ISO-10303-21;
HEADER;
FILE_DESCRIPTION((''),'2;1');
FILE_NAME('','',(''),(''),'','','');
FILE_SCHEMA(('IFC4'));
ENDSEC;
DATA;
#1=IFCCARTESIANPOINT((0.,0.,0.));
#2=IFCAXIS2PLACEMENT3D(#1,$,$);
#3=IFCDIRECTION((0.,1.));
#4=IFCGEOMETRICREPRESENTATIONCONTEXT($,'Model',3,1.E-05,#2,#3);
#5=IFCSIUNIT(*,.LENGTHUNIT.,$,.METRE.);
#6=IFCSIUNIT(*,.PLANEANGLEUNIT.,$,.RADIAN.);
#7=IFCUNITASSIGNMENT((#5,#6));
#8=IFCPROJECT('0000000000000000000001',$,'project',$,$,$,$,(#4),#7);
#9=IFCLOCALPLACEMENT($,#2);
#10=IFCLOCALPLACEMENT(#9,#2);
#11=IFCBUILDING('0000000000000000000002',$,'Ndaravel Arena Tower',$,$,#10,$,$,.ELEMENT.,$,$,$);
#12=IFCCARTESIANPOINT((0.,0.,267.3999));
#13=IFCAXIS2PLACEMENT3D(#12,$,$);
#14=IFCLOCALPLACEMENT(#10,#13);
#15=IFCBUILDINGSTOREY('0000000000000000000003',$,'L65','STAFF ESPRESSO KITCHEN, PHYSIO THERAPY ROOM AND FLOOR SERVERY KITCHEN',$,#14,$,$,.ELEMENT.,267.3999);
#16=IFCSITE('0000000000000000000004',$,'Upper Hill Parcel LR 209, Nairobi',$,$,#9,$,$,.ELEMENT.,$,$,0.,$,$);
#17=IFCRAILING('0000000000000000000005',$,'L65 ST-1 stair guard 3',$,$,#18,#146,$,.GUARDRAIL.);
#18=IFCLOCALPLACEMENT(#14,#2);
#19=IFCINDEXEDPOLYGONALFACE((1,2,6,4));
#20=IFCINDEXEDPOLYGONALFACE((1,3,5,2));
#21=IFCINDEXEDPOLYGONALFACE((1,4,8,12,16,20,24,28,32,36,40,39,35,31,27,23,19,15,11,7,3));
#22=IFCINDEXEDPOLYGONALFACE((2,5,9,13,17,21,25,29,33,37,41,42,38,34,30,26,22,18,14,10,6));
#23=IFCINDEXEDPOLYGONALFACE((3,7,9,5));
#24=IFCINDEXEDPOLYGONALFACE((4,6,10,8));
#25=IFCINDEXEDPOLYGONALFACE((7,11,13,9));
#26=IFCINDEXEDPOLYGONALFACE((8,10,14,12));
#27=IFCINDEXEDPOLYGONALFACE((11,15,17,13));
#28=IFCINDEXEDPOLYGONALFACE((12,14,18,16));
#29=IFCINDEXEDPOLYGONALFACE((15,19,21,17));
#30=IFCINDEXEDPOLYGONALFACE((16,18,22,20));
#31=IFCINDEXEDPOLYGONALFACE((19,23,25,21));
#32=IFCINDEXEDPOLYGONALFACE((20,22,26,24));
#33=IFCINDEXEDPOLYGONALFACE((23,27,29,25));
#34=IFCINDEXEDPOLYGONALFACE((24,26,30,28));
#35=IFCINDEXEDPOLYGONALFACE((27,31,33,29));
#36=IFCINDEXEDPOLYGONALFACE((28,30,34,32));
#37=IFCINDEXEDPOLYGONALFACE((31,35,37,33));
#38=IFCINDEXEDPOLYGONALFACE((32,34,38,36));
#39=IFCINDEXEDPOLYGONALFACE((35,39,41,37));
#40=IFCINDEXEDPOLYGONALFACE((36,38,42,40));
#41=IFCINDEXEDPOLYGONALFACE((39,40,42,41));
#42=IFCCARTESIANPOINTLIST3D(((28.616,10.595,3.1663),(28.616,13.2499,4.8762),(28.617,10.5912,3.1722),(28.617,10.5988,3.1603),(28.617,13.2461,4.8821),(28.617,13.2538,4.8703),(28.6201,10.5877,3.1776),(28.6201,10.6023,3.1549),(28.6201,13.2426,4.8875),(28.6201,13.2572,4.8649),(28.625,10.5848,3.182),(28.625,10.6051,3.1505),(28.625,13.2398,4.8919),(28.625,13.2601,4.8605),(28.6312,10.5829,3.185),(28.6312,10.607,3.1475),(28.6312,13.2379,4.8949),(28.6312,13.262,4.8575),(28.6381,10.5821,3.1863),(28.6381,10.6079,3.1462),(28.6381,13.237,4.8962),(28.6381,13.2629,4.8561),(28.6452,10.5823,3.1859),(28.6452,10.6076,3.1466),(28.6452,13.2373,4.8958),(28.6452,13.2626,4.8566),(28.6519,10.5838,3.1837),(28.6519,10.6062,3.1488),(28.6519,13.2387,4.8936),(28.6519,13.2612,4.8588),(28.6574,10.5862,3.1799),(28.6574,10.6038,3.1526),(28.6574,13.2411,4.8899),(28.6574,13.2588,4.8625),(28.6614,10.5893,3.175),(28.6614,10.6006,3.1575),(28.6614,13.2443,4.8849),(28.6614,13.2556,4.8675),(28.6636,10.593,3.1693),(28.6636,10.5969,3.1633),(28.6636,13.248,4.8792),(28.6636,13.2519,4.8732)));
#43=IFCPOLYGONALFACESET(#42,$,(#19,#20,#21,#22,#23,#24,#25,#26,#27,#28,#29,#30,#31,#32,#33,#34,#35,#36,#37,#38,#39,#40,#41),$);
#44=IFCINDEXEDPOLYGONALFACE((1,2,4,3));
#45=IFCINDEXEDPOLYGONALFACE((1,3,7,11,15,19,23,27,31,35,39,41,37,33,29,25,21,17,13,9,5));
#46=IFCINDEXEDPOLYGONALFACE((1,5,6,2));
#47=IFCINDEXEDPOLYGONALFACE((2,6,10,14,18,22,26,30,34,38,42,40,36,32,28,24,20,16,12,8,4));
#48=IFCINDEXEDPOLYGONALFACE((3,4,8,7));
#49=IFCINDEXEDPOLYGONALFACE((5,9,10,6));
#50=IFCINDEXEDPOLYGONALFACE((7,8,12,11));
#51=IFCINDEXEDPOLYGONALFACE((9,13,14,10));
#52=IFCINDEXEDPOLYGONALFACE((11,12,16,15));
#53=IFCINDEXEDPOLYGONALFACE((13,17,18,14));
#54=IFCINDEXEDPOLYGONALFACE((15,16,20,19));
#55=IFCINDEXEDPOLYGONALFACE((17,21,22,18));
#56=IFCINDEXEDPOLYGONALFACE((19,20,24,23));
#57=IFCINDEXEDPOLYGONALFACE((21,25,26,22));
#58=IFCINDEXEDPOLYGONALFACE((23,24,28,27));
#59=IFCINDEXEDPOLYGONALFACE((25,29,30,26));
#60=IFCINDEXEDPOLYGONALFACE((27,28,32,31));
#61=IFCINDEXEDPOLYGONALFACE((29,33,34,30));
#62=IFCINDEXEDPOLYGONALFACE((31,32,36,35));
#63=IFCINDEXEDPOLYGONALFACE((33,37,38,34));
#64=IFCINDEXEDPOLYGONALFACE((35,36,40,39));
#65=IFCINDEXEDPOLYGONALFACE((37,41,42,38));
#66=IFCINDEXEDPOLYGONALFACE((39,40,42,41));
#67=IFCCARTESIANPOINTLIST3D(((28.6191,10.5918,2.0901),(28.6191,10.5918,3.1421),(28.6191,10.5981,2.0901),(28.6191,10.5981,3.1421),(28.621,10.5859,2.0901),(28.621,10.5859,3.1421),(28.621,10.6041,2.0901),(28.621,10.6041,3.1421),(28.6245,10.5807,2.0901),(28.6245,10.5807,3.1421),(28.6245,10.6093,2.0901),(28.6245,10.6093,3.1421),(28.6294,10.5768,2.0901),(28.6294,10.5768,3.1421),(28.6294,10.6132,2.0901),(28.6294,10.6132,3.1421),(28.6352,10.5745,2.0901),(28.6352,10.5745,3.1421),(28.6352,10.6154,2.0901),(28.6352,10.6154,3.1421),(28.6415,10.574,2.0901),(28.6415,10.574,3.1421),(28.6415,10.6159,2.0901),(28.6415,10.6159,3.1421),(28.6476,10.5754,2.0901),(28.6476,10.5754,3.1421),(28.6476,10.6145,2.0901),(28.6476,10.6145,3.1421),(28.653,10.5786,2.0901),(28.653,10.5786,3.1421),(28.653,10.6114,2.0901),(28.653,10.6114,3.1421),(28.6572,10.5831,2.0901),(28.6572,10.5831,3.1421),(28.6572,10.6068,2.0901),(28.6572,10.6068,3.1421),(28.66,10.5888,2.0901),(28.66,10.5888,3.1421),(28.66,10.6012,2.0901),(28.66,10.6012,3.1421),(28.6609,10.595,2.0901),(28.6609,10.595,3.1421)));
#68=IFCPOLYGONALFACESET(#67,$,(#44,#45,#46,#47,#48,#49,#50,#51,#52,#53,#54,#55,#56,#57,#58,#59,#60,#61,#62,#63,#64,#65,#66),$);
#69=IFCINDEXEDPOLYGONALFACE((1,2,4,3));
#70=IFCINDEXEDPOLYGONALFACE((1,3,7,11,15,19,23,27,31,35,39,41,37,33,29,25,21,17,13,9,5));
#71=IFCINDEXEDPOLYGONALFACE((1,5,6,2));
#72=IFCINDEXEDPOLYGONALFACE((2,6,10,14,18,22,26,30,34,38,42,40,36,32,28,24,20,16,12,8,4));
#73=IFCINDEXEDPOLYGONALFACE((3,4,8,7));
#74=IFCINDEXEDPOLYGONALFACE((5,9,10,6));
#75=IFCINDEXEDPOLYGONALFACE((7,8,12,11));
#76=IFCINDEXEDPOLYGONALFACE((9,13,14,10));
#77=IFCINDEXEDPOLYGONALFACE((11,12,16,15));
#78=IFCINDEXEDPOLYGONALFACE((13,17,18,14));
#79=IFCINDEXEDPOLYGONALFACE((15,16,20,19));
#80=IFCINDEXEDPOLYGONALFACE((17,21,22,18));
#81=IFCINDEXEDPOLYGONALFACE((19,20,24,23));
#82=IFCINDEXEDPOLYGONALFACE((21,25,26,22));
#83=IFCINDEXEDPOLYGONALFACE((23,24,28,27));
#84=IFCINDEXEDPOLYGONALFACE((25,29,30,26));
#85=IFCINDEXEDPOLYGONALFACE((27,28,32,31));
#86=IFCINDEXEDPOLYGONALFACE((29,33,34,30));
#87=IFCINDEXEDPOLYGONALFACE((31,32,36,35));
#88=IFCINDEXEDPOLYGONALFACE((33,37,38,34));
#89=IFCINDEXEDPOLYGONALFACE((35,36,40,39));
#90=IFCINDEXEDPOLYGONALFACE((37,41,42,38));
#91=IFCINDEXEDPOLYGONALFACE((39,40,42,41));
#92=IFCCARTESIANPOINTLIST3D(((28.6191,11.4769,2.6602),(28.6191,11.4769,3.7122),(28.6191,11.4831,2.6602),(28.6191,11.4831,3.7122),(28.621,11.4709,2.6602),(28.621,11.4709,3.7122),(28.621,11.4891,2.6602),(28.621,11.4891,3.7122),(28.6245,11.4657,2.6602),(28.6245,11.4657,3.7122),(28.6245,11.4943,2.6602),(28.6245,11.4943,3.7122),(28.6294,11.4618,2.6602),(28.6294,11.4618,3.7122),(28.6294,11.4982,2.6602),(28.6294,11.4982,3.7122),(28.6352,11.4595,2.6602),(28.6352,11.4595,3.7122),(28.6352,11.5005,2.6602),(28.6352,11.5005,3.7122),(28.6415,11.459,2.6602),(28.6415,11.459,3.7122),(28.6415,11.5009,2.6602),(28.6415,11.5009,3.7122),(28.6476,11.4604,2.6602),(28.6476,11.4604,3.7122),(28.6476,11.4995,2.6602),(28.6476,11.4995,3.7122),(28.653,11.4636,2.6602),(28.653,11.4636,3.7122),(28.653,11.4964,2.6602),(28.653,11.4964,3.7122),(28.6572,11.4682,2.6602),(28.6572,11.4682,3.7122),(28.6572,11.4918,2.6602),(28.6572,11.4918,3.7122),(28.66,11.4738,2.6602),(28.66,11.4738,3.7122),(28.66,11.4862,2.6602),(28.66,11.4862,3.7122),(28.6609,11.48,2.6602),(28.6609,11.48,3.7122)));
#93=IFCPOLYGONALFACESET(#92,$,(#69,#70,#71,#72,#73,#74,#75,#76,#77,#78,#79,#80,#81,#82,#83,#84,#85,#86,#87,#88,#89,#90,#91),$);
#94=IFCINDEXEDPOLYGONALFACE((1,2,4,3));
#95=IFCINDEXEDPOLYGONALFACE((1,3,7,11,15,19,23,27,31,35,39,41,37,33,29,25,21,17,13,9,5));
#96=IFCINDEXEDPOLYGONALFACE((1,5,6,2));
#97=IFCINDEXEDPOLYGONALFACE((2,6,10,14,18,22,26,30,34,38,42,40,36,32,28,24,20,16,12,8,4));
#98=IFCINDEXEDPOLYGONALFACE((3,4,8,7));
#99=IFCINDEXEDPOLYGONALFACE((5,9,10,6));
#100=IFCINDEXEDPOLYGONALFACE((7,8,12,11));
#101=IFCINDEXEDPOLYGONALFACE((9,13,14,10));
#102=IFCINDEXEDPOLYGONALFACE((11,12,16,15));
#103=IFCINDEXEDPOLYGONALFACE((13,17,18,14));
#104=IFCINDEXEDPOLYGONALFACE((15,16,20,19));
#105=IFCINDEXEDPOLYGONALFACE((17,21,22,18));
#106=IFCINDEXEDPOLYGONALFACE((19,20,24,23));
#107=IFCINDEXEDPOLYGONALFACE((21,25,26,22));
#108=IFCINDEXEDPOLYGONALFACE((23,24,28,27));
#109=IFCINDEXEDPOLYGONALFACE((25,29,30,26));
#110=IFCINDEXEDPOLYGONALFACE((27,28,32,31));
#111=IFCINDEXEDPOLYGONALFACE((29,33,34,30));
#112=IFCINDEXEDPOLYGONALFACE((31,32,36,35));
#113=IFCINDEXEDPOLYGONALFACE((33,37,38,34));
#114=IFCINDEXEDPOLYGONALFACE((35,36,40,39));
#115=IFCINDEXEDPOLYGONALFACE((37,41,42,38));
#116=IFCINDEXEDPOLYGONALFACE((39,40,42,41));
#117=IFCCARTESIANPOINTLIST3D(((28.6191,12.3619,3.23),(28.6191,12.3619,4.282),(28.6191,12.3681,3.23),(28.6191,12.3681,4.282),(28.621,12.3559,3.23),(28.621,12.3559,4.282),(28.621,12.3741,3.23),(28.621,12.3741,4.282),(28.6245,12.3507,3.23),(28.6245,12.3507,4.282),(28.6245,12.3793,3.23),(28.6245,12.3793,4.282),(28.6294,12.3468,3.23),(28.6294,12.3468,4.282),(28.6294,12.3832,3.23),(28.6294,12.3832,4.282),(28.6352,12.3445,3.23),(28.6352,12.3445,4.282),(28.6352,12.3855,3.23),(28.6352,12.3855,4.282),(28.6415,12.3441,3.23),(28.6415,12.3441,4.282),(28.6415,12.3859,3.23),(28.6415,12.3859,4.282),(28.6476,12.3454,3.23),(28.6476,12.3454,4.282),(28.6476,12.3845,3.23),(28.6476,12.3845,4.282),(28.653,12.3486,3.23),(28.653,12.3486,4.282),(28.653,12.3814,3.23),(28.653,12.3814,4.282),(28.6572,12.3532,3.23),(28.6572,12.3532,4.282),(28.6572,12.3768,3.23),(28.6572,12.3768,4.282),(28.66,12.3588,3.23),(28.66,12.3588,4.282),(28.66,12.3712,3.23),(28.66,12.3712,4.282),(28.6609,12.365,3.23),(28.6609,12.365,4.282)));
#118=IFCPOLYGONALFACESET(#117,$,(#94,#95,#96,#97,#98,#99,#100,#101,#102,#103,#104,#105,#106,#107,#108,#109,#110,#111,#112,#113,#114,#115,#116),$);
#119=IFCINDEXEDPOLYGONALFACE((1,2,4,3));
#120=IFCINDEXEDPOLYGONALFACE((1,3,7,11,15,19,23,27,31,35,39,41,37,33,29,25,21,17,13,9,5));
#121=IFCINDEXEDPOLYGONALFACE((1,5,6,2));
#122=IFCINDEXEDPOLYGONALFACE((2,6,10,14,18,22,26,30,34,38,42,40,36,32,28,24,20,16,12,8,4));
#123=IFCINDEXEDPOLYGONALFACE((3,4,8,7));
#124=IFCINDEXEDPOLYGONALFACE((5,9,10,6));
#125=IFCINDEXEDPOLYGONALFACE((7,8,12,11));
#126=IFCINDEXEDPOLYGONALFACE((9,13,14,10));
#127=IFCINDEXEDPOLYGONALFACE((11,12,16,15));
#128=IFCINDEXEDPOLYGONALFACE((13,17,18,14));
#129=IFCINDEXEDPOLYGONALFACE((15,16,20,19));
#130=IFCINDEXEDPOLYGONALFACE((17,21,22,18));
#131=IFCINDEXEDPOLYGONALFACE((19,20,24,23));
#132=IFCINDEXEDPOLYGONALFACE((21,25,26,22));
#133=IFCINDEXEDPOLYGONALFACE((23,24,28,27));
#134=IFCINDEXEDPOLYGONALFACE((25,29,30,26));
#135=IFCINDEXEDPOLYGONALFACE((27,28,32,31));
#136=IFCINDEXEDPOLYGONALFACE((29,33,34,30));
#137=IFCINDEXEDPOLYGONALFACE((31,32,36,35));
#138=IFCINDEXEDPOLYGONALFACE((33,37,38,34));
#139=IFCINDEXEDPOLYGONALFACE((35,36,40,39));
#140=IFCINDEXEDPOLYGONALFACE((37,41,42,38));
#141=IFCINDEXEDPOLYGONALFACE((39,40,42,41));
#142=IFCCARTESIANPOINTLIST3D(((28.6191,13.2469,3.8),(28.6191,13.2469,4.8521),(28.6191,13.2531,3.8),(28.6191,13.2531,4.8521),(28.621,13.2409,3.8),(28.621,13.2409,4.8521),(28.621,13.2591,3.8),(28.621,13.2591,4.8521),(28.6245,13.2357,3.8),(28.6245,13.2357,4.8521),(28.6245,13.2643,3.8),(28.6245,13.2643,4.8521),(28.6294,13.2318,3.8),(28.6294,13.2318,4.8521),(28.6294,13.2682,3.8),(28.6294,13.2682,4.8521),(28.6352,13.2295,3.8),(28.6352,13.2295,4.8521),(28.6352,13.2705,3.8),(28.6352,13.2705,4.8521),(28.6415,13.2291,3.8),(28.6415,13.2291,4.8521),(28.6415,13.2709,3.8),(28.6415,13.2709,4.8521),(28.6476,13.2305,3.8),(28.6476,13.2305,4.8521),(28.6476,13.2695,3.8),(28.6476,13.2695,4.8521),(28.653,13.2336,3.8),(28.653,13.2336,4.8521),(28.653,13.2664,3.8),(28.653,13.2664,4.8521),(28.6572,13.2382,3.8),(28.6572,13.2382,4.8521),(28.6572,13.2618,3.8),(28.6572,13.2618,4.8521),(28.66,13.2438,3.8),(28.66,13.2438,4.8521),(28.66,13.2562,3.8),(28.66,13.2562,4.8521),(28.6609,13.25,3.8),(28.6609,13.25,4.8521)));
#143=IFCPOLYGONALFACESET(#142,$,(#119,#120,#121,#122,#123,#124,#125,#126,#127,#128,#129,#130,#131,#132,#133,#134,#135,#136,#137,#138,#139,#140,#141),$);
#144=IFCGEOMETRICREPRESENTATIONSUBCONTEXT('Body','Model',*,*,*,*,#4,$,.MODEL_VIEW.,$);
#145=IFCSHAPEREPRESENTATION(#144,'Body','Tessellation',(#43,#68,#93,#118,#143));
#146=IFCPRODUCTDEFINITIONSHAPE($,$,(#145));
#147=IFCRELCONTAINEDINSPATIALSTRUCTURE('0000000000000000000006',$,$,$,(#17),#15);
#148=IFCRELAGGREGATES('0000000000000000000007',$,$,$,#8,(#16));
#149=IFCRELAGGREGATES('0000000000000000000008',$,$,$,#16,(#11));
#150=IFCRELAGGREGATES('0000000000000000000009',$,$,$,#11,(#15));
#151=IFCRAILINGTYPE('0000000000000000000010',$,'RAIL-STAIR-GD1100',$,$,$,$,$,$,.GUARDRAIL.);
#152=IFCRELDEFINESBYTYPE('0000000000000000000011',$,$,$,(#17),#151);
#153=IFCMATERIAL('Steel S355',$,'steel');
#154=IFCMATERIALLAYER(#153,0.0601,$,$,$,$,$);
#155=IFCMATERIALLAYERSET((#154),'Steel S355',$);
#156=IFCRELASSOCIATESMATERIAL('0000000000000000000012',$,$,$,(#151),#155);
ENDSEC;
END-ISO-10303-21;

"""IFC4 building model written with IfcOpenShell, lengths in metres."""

from ifc_helpers import new_model, si_unit, direction, frame, origin, origin_2d, place, context, subcontext, project, spatial, circle, extrude, material, layer, layer_set, type_object, element, save


model = new_model("IFC4")

# Units and contexts
model_context = context("Model", 3, precision=1e-05, world=origin(), true_north=direction((0.0, 1.0)))
body_context = subcontext(model_context, "Body", "Model", "MODEL_VIEW")
ifc_project = project(units=[si_unit("LENGTHUNIT", "METRE"), si_unit("PLANEANGLEUNIT", "RADIAN")], contexts=[model_context])

# Site, building, storey
site_placement = place(None, origin())
site = spatial("IfcSite", under=ifc_project, at=site_placement, Name="Upper Hill Parcel LR 209, Nairobi", CompositionType="ELEMENT", RefElevation=0.0)
building_placement = place(site_placement, origin())
building = spatial("IfcBuilding", under=site, at=building_placement, Name="Ndaravel Arena Tower", CompositionType="ELEMENT")
storey_placement = place(building_placement, frame((0.0, 0.0, 267.3999)))
storey = spatial("IfcBuildingStorey", under=building, at=storey_placement, Name="L65", Description="STAFF ESPRESSO KITCHEN, PHYSIO THERAPY ROOM AND FLOOR SERVERY KITCHEN", CompositionType="ELEMENT", Elevation=267.3999)

# Railing
ifc_material_1 = material(Name="Steel S355", Category="steel")
ifc_layer_1 = layer(ifc_material_1, 0.0601)
ifc_layer_set_1 = layer_set([ifc_layer_1], Name="Steel S355")
railing_type_1 = type_object("IfcRailingType", Name="RAIL-STAIR-GD1100", PredefinedType="GUARDRAIL", material=ifc_layer_set_1)
railing_1_placement = place(storey_placement, frame((28.6399, 10.595, 2.0901)))
element("IfcRailing", 1, at=railing_1_placement, inside=storey, type_object=railing_type_1, Name="L65 ST-1 stair guard 3", PredefinedType="GUARDRAIL", context=body_context, shape_type="SweptSolid", body=[
    extrude(circle(Radius=0.0239, at=origin_2d()), frame((0.0, 0.0, 1.0762), z_axis=(0.0, 0.840724, 0.541465), x_axis=(-1.0, 0.0, 0.0)), (0.0, 0.0, 1.0), 3.158),
    extrude(circle(Radius=0.021, at=origin_2d()), origin(), (0.0, 0.0, 1.0), 1.052),
    extrude(circle(Radius=0.021, at=origin_2d()), frame((0.0, 0.885, 0.5701)), (0.0, 0.0, 1.0), 1.052),
    extrude(circle(Radius=0.021, at=origin_2d()), frame((0.0, 1.77, 1.1399)), (0.0, 0.0, 1.0), 1.052),
    extrude(circle(Radius=0.021, at=origin_2d()), frame((0.0, 2.655, 1.71)), (0.0, 0.0, 1.0), 1.052),
])

save(model, "model.ifc")
